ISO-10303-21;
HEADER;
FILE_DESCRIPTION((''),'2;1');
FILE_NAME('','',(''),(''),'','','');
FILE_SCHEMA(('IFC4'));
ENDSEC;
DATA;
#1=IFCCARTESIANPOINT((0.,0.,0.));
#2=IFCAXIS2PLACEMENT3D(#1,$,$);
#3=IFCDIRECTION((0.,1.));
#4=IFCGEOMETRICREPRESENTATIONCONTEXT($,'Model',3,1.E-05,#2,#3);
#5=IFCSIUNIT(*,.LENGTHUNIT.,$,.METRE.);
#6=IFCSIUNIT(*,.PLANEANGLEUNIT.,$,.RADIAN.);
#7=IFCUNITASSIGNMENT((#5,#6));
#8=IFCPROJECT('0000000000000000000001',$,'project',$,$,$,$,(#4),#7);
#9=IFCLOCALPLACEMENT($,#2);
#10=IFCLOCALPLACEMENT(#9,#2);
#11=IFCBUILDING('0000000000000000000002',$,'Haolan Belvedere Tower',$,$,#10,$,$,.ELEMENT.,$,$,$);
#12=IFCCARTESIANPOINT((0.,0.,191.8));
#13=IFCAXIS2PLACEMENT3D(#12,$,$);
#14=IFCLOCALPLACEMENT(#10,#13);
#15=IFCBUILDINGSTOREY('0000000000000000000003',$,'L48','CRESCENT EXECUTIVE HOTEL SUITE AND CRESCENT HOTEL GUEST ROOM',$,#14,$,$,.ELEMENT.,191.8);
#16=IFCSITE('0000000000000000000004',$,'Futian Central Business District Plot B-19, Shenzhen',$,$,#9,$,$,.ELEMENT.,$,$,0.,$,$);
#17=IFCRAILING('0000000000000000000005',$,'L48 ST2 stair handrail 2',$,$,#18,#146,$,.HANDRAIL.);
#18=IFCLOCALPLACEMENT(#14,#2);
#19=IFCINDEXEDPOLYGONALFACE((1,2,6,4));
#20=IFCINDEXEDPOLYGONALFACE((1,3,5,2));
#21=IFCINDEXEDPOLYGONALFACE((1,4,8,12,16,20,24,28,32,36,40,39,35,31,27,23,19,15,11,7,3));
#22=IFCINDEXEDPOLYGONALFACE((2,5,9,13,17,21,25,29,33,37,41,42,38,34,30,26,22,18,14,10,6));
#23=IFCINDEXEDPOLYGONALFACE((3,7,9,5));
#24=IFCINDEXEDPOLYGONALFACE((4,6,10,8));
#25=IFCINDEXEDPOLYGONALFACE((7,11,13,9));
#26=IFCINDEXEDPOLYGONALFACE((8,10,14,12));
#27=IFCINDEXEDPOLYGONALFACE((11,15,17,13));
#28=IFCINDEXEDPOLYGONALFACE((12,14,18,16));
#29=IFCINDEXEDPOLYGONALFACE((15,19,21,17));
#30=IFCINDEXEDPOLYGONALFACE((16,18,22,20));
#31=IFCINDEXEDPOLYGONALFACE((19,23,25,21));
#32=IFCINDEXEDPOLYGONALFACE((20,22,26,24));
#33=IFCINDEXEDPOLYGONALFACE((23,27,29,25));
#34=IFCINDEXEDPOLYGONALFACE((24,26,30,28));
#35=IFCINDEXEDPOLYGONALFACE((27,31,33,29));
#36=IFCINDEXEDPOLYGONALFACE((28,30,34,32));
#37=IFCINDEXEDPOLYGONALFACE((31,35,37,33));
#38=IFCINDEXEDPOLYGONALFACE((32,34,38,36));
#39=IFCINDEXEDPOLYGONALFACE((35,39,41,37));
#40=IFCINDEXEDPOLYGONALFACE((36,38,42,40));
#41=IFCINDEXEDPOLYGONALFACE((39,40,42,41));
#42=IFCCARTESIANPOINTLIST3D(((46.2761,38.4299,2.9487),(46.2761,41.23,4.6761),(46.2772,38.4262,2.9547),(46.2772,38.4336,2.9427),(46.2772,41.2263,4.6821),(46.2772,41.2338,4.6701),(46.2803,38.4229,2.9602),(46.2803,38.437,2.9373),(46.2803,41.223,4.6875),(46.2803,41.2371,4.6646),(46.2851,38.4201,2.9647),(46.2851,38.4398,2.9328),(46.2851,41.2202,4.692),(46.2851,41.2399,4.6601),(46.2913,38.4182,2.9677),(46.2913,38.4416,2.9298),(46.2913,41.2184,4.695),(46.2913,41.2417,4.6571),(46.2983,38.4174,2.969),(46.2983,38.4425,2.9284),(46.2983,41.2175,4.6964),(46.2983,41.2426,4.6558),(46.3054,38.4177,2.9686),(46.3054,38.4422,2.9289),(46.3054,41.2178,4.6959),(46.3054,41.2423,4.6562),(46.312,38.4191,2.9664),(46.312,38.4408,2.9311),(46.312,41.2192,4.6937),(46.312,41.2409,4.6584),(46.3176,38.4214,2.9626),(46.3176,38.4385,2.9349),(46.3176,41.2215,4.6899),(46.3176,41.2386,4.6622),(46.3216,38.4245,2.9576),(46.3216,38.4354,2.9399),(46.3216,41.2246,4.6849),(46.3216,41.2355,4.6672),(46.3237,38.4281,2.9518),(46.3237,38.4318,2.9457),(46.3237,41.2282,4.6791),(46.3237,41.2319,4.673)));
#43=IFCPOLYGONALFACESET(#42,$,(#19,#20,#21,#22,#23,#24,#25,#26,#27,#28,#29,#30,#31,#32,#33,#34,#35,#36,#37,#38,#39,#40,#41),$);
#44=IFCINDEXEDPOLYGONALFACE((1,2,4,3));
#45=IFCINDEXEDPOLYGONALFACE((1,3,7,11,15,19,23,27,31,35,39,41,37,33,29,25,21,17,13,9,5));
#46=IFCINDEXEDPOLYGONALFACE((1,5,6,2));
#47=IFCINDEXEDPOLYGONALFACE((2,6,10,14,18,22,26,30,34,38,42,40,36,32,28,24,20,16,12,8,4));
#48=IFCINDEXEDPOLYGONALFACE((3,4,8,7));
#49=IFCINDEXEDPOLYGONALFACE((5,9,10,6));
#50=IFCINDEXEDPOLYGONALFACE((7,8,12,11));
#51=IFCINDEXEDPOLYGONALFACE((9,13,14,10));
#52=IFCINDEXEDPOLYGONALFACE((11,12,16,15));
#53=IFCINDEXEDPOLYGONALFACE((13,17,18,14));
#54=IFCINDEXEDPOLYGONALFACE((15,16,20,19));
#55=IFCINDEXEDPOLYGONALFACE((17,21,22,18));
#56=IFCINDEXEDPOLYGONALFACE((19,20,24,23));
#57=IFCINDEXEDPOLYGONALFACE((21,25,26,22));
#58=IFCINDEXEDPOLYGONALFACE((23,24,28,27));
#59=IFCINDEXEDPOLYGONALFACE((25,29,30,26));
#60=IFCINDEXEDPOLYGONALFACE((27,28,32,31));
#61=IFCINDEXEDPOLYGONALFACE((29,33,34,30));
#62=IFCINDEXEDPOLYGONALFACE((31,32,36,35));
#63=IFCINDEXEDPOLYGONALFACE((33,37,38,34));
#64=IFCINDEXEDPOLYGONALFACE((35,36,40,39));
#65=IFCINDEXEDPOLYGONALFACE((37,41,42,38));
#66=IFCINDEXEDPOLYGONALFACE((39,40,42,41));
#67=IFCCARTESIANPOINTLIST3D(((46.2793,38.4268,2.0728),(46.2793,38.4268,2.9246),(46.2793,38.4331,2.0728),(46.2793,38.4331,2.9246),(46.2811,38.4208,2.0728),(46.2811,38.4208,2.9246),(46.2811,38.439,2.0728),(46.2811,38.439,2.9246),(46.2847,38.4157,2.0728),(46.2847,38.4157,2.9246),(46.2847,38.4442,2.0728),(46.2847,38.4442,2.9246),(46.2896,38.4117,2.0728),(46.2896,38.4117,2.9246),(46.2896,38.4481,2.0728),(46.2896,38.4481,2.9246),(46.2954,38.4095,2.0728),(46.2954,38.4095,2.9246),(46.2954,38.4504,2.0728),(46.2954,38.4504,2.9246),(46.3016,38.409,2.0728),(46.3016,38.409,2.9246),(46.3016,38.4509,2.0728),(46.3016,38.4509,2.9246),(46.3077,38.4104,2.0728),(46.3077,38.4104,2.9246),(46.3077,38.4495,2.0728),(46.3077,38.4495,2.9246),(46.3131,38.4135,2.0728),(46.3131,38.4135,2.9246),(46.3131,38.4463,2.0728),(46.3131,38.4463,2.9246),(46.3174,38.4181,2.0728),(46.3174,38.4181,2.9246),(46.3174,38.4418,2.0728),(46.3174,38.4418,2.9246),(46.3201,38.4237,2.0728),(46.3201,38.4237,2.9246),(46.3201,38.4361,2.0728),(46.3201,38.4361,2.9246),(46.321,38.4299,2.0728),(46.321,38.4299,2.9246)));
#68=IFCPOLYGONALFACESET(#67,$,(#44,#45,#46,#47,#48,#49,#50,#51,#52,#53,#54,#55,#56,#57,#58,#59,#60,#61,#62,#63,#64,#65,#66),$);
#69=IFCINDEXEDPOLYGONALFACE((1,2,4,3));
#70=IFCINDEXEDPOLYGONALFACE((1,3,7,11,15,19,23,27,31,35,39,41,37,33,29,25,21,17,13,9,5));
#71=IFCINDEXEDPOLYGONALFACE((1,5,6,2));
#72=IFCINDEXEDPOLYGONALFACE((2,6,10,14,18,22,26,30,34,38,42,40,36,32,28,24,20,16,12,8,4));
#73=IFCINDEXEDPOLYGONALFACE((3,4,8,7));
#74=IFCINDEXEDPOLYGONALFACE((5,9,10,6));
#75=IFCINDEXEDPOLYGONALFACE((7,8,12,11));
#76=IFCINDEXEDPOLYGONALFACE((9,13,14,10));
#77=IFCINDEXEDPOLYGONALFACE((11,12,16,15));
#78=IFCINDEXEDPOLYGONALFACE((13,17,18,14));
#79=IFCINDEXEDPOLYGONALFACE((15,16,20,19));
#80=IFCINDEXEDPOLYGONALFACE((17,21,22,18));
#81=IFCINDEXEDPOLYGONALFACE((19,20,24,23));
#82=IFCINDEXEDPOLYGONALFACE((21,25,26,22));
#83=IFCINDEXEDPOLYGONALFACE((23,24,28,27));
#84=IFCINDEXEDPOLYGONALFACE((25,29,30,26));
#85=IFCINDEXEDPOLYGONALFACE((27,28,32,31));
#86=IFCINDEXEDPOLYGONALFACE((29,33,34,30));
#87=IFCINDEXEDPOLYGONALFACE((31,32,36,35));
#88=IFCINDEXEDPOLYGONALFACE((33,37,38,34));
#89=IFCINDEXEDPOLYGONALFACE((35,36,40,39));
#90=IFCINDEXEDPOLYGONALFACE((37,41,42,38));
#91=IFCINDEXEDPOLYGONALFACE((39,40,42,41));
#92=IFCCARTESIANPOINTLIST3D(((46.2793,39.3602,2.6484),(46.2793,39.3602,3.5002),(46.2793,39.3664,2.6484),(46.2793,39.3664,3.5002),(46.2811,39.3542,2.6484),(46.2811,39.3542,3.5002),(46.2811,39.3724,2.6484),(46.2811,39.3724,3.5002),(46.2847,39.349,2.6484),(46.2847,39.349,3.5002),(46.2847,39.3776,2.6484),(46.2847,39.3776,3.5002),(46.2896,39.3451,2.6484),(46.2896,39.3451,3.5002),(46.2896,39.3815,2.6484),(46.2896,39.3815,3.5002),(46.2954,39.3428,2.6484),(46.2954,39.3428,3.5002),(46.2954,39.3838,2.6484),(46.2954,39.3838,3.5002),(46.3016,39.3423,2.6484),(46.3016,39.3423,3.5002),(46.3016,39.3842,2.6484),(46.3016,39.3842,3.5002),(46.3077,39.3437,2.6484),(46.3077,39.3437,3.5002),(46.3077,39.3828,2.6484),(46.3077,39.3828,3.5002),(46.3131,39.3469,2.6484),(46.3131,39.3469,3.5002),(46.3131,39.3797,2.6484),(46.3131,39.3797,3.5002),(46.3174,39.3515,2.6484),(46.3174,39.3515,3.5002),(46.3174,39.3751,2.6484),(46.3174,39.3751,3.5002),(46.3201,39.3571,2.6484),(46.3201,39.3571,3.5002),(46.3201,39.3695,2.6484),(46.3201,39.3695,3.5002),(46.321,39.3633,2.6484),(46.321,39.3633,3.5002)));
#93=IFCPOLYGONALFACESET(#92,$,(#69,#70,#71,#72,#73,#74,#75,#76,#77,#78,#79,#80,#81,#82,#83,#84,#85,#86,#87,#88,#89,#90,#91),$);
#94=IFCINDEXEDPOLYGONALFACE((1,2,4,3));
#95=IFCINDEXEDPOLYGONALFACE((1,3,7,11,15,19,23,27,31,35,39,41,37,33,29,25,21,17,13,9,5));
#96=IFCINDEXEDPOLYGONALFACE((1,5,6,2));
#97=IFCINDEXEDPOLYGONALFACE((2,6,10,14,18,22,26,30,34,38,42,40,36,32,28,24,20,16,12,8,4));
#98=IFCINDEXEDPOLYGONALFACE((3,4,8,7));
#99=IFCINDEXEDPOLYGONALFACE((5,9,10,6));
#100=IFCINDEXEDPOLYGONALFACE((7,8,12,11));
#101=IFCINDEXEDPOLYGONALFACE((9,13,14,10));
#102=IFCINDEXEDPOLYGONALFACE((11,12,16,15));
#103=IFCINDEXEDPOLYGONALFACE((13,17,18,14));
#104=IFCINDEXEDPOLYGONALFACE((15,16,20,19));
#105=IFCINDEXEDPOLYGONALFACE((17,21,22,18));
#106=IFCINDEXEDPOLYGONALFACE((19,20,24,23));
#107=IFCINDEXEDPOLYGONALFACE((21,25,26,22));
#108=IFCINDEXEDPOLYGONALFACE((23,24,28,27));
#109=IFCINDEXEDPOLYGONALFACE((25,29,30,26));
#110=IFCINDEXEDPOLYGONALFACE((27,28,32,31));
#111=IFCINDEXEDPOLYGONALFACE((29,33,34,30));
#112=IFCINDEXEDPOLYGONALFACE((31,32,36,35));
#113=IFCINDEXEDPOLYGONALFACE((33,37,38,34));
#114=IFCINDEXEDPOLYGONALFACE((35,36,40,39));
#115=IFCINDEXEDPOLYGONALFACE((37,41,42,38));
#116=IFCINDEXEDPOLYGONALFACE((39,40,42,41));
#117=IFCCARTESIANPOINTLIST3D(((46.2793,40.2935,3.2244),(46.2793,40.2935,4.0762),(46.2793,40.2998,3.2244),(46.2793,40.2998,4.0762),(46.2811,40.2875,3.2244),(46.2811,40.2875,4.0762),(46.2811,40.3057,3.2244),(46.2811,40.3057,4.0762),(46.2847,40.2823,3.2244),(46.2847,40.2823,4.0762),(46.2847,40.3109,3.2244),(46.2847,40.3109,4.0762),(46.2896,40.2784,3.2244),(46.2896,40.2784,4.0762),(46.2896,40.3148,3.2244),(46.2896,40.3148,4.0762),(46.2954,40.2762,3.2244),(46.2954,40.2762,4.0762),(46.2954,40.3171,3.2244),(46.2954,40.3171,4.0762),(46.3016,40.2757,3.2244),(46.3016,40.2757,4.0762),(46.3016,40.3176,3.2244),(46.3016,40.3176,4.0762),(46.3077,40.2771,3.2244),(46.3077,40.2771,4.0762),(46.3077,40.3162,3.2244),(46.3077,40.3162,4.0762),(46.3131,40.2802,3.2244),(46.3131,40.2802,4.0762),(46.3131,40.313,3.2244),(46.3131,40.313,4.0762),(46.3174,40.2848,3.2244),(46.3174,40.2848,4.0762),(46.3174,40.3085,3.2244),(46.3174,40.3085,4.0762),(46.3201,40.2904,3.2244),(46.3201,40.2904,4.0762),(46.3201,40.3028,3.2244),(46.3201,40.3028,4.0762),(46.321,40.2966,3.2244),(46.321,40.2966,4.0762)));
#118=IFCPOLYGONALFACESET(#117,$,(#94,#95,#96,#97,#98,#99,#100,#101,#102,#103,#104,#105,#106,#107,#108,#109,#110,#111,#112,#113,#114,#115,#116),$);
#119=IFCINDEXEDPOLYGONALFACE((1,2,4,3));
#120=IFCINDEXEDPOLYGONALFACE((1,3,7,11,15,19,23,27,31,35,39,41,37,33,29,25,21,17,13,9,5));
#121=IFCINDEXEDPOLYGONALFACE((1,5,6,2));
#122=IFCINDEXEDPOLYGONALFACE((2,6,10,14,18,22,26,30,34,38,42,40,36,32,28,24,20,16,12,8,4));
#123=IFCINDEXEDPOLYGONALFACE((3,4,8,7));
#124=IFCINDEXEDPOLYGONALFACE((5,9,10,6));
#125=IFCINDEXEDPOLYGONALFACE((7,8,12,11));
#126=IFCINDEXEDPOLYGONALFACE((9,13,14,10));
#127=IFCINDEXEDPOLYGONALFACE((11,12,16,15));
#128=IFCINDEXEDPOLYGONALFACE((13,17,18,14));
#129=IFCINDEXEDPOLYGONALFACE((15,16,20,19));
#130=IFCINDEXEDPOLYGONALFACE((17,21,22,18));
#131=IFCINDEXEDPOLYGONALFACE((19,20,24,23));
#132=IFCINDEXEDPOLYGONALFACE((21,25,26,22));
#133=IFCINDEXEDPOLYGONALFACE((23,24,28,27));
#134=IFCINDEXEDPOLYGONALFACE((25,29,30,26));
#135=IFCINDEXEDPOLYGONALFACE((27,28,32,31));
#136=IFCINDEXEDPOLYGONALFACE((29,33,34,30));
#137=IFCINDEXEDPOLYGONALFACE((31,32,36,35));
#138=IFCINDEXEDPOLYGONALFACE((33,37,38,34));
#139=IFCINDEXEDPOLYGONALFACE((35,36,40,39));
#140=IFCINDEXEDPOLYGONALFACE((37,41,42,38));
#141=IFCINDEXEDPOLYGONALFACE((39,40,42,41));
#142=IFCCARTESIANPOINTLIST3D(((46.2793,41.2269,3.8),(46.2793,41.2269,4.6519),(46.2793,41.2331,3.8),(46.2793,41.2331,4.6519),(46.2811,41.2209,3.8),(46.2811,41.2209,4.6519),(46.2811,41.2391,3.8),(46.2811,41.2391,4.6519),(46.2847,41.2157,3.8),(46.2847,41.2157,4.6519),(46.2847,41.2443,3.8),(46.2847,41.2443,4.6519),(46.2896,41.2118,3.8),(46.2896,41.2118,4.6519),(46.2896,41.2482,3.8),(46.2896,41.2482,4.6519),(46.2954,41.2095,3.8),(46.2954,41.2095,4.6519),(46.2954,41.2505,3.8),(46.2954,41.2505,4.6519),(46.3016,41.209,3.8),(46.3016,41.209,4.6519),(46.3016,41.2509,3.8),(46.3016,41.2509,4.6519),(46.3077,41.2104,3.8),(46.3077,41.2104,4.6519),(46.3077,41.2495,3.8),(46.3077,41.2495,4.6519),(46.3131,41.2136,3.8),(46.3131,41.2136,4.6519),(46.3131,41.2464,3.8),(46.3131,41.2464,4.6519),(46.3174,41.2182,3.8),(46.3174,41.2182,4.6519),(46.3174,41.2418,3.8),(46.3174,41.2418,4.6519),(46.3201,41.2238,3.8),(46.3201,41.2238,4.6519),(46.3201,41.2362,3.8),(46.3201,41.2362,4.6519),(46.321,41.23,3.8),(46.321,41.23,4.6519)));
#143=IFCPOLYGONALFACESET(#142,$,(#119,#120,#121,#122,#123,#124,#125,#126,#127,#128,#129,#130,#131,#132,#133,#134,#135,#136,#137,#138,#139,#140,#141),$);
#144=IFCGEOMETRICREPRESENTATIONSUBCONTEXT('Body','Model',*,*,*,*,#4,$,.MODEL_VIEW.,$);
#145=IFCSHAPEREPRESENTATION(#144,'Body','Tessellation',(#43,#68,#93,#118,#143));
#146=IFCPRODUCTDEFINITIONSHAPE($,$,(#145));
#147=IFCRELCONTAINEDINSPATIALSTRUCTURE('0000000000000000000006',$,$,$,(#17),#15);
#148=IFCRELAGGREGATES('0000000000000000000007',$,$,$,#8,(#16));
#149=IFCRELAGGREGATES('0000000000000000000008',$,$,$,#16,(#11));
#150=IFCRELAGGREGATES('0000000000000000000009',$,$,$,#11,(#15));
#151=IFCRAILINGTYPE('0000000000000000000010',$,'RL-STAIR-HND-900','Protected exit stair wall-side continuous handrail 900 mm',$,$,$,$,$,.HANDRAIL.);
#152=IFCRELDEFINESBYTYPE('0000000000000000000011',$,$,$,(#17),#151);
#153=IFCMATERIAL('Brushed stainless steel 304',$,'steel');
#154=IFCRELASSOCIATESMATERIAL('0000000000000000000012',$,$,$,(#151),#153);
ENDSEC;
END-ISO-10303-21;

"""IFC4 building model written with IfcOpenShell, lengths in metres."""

from ifc_helpers import new_model, si_unit, direction, frame, origin, origin_2d, place, context, subcontext, project, spatial, circle, extrude, material, type_object, element, save


model = new_model("IFC4")

# Units and contexts
model_context = context("Model", 3, precision=1e-05, world=origin(), true_north=direction((0.0, 1.0)))
body_context = subcontext(model_context, "Body", "Model", "MODEL_VIEW")
ifc_project = project(units=[si_unit("LENGTHUNIT", "METRE"), si_unit("PLANEANGLEUNIT", "RADIAN")], contexts=[model_context])

# Site, building, storey
site_placement = place(None, origin())
site = spatial("IfcSite", under=ifc_project, at=site_placement, Name="Futian Central Business District Plot B-19, Shenzhen", CompositionType="ELEMENT", RefElevation=0.0)
building_placement = place(site_placement, origin())
building = spatial("IfcBuilding", under=site, at=building_placement, Name="Haolan Belvedere Tower", CompositionType="ELEMENT")
storey_placement = place(building_placement, frame((0.0, 0.0, 191.8)))
storey = spatial("IfcBuildingStorey", under=building, at=storey_placement, Name="L48", Description="CRESCENT EXECUTIVE HOTEL SUITE AND CRESCENT HOTEL GUEST ROOM", CompositionType="ELEMENT", Elevation=191.8)

# Railing
ifc_material_1 = material(Name="Brushed stainless steel 304", Category="steel")
railing_type_1 = type_object("IfcRailingType", Name="RL-STAIR-HND-900", Description="Protected exit stair wall-side continuous handrail 900 mm", PredefinedType="HANDRAIL", material=ifc_material_1)
railing_1_placement = place(storey_placement, frame((46.3, 38.4299, 2.0728)))
element("IfcRailing", 1, at=railing_1_placement, inside=storey, type_object=railing_type_1, Name="L48 ST2 stair handrail 2", PredefinedType="HANDRAIL", context=body_context, shape_type="SweptSolid", body=[
    extrude(circle(Radius=0.0239, at=origin_2d()), frame((0.0, 0.0, 0.876), z_axis=(0.0, 0.85109, 0.52502), x_axis=(-1.0, 0.0, 0.0)), (0.0, 0.0, 1.0), 3.29),
    extrude(circle(Radius=0.021, at=origin_2d()), origin(), (0.0, 0.0, 1.0), 0.8518),
    extrude(circle(Radius=0.021, at=origin_2d()), frame((0.0, 0.9333, 0.5757)), (0.0, 0.0, 1.0), 0.8518),
    extrude(circle(Radius=0.021, at=origin_2d()), frame((0.0, 1.8667, 1.1516)), (0.0, 0.0, 1.0), 0.8518),
    extrude(circle(Radius=0.021, at=origin_2d()), frame((0.0, 2.8, 1.7273)), (0.0, 0.0, 1.0), 0.8518),
])

save(model, "model.ifc")
